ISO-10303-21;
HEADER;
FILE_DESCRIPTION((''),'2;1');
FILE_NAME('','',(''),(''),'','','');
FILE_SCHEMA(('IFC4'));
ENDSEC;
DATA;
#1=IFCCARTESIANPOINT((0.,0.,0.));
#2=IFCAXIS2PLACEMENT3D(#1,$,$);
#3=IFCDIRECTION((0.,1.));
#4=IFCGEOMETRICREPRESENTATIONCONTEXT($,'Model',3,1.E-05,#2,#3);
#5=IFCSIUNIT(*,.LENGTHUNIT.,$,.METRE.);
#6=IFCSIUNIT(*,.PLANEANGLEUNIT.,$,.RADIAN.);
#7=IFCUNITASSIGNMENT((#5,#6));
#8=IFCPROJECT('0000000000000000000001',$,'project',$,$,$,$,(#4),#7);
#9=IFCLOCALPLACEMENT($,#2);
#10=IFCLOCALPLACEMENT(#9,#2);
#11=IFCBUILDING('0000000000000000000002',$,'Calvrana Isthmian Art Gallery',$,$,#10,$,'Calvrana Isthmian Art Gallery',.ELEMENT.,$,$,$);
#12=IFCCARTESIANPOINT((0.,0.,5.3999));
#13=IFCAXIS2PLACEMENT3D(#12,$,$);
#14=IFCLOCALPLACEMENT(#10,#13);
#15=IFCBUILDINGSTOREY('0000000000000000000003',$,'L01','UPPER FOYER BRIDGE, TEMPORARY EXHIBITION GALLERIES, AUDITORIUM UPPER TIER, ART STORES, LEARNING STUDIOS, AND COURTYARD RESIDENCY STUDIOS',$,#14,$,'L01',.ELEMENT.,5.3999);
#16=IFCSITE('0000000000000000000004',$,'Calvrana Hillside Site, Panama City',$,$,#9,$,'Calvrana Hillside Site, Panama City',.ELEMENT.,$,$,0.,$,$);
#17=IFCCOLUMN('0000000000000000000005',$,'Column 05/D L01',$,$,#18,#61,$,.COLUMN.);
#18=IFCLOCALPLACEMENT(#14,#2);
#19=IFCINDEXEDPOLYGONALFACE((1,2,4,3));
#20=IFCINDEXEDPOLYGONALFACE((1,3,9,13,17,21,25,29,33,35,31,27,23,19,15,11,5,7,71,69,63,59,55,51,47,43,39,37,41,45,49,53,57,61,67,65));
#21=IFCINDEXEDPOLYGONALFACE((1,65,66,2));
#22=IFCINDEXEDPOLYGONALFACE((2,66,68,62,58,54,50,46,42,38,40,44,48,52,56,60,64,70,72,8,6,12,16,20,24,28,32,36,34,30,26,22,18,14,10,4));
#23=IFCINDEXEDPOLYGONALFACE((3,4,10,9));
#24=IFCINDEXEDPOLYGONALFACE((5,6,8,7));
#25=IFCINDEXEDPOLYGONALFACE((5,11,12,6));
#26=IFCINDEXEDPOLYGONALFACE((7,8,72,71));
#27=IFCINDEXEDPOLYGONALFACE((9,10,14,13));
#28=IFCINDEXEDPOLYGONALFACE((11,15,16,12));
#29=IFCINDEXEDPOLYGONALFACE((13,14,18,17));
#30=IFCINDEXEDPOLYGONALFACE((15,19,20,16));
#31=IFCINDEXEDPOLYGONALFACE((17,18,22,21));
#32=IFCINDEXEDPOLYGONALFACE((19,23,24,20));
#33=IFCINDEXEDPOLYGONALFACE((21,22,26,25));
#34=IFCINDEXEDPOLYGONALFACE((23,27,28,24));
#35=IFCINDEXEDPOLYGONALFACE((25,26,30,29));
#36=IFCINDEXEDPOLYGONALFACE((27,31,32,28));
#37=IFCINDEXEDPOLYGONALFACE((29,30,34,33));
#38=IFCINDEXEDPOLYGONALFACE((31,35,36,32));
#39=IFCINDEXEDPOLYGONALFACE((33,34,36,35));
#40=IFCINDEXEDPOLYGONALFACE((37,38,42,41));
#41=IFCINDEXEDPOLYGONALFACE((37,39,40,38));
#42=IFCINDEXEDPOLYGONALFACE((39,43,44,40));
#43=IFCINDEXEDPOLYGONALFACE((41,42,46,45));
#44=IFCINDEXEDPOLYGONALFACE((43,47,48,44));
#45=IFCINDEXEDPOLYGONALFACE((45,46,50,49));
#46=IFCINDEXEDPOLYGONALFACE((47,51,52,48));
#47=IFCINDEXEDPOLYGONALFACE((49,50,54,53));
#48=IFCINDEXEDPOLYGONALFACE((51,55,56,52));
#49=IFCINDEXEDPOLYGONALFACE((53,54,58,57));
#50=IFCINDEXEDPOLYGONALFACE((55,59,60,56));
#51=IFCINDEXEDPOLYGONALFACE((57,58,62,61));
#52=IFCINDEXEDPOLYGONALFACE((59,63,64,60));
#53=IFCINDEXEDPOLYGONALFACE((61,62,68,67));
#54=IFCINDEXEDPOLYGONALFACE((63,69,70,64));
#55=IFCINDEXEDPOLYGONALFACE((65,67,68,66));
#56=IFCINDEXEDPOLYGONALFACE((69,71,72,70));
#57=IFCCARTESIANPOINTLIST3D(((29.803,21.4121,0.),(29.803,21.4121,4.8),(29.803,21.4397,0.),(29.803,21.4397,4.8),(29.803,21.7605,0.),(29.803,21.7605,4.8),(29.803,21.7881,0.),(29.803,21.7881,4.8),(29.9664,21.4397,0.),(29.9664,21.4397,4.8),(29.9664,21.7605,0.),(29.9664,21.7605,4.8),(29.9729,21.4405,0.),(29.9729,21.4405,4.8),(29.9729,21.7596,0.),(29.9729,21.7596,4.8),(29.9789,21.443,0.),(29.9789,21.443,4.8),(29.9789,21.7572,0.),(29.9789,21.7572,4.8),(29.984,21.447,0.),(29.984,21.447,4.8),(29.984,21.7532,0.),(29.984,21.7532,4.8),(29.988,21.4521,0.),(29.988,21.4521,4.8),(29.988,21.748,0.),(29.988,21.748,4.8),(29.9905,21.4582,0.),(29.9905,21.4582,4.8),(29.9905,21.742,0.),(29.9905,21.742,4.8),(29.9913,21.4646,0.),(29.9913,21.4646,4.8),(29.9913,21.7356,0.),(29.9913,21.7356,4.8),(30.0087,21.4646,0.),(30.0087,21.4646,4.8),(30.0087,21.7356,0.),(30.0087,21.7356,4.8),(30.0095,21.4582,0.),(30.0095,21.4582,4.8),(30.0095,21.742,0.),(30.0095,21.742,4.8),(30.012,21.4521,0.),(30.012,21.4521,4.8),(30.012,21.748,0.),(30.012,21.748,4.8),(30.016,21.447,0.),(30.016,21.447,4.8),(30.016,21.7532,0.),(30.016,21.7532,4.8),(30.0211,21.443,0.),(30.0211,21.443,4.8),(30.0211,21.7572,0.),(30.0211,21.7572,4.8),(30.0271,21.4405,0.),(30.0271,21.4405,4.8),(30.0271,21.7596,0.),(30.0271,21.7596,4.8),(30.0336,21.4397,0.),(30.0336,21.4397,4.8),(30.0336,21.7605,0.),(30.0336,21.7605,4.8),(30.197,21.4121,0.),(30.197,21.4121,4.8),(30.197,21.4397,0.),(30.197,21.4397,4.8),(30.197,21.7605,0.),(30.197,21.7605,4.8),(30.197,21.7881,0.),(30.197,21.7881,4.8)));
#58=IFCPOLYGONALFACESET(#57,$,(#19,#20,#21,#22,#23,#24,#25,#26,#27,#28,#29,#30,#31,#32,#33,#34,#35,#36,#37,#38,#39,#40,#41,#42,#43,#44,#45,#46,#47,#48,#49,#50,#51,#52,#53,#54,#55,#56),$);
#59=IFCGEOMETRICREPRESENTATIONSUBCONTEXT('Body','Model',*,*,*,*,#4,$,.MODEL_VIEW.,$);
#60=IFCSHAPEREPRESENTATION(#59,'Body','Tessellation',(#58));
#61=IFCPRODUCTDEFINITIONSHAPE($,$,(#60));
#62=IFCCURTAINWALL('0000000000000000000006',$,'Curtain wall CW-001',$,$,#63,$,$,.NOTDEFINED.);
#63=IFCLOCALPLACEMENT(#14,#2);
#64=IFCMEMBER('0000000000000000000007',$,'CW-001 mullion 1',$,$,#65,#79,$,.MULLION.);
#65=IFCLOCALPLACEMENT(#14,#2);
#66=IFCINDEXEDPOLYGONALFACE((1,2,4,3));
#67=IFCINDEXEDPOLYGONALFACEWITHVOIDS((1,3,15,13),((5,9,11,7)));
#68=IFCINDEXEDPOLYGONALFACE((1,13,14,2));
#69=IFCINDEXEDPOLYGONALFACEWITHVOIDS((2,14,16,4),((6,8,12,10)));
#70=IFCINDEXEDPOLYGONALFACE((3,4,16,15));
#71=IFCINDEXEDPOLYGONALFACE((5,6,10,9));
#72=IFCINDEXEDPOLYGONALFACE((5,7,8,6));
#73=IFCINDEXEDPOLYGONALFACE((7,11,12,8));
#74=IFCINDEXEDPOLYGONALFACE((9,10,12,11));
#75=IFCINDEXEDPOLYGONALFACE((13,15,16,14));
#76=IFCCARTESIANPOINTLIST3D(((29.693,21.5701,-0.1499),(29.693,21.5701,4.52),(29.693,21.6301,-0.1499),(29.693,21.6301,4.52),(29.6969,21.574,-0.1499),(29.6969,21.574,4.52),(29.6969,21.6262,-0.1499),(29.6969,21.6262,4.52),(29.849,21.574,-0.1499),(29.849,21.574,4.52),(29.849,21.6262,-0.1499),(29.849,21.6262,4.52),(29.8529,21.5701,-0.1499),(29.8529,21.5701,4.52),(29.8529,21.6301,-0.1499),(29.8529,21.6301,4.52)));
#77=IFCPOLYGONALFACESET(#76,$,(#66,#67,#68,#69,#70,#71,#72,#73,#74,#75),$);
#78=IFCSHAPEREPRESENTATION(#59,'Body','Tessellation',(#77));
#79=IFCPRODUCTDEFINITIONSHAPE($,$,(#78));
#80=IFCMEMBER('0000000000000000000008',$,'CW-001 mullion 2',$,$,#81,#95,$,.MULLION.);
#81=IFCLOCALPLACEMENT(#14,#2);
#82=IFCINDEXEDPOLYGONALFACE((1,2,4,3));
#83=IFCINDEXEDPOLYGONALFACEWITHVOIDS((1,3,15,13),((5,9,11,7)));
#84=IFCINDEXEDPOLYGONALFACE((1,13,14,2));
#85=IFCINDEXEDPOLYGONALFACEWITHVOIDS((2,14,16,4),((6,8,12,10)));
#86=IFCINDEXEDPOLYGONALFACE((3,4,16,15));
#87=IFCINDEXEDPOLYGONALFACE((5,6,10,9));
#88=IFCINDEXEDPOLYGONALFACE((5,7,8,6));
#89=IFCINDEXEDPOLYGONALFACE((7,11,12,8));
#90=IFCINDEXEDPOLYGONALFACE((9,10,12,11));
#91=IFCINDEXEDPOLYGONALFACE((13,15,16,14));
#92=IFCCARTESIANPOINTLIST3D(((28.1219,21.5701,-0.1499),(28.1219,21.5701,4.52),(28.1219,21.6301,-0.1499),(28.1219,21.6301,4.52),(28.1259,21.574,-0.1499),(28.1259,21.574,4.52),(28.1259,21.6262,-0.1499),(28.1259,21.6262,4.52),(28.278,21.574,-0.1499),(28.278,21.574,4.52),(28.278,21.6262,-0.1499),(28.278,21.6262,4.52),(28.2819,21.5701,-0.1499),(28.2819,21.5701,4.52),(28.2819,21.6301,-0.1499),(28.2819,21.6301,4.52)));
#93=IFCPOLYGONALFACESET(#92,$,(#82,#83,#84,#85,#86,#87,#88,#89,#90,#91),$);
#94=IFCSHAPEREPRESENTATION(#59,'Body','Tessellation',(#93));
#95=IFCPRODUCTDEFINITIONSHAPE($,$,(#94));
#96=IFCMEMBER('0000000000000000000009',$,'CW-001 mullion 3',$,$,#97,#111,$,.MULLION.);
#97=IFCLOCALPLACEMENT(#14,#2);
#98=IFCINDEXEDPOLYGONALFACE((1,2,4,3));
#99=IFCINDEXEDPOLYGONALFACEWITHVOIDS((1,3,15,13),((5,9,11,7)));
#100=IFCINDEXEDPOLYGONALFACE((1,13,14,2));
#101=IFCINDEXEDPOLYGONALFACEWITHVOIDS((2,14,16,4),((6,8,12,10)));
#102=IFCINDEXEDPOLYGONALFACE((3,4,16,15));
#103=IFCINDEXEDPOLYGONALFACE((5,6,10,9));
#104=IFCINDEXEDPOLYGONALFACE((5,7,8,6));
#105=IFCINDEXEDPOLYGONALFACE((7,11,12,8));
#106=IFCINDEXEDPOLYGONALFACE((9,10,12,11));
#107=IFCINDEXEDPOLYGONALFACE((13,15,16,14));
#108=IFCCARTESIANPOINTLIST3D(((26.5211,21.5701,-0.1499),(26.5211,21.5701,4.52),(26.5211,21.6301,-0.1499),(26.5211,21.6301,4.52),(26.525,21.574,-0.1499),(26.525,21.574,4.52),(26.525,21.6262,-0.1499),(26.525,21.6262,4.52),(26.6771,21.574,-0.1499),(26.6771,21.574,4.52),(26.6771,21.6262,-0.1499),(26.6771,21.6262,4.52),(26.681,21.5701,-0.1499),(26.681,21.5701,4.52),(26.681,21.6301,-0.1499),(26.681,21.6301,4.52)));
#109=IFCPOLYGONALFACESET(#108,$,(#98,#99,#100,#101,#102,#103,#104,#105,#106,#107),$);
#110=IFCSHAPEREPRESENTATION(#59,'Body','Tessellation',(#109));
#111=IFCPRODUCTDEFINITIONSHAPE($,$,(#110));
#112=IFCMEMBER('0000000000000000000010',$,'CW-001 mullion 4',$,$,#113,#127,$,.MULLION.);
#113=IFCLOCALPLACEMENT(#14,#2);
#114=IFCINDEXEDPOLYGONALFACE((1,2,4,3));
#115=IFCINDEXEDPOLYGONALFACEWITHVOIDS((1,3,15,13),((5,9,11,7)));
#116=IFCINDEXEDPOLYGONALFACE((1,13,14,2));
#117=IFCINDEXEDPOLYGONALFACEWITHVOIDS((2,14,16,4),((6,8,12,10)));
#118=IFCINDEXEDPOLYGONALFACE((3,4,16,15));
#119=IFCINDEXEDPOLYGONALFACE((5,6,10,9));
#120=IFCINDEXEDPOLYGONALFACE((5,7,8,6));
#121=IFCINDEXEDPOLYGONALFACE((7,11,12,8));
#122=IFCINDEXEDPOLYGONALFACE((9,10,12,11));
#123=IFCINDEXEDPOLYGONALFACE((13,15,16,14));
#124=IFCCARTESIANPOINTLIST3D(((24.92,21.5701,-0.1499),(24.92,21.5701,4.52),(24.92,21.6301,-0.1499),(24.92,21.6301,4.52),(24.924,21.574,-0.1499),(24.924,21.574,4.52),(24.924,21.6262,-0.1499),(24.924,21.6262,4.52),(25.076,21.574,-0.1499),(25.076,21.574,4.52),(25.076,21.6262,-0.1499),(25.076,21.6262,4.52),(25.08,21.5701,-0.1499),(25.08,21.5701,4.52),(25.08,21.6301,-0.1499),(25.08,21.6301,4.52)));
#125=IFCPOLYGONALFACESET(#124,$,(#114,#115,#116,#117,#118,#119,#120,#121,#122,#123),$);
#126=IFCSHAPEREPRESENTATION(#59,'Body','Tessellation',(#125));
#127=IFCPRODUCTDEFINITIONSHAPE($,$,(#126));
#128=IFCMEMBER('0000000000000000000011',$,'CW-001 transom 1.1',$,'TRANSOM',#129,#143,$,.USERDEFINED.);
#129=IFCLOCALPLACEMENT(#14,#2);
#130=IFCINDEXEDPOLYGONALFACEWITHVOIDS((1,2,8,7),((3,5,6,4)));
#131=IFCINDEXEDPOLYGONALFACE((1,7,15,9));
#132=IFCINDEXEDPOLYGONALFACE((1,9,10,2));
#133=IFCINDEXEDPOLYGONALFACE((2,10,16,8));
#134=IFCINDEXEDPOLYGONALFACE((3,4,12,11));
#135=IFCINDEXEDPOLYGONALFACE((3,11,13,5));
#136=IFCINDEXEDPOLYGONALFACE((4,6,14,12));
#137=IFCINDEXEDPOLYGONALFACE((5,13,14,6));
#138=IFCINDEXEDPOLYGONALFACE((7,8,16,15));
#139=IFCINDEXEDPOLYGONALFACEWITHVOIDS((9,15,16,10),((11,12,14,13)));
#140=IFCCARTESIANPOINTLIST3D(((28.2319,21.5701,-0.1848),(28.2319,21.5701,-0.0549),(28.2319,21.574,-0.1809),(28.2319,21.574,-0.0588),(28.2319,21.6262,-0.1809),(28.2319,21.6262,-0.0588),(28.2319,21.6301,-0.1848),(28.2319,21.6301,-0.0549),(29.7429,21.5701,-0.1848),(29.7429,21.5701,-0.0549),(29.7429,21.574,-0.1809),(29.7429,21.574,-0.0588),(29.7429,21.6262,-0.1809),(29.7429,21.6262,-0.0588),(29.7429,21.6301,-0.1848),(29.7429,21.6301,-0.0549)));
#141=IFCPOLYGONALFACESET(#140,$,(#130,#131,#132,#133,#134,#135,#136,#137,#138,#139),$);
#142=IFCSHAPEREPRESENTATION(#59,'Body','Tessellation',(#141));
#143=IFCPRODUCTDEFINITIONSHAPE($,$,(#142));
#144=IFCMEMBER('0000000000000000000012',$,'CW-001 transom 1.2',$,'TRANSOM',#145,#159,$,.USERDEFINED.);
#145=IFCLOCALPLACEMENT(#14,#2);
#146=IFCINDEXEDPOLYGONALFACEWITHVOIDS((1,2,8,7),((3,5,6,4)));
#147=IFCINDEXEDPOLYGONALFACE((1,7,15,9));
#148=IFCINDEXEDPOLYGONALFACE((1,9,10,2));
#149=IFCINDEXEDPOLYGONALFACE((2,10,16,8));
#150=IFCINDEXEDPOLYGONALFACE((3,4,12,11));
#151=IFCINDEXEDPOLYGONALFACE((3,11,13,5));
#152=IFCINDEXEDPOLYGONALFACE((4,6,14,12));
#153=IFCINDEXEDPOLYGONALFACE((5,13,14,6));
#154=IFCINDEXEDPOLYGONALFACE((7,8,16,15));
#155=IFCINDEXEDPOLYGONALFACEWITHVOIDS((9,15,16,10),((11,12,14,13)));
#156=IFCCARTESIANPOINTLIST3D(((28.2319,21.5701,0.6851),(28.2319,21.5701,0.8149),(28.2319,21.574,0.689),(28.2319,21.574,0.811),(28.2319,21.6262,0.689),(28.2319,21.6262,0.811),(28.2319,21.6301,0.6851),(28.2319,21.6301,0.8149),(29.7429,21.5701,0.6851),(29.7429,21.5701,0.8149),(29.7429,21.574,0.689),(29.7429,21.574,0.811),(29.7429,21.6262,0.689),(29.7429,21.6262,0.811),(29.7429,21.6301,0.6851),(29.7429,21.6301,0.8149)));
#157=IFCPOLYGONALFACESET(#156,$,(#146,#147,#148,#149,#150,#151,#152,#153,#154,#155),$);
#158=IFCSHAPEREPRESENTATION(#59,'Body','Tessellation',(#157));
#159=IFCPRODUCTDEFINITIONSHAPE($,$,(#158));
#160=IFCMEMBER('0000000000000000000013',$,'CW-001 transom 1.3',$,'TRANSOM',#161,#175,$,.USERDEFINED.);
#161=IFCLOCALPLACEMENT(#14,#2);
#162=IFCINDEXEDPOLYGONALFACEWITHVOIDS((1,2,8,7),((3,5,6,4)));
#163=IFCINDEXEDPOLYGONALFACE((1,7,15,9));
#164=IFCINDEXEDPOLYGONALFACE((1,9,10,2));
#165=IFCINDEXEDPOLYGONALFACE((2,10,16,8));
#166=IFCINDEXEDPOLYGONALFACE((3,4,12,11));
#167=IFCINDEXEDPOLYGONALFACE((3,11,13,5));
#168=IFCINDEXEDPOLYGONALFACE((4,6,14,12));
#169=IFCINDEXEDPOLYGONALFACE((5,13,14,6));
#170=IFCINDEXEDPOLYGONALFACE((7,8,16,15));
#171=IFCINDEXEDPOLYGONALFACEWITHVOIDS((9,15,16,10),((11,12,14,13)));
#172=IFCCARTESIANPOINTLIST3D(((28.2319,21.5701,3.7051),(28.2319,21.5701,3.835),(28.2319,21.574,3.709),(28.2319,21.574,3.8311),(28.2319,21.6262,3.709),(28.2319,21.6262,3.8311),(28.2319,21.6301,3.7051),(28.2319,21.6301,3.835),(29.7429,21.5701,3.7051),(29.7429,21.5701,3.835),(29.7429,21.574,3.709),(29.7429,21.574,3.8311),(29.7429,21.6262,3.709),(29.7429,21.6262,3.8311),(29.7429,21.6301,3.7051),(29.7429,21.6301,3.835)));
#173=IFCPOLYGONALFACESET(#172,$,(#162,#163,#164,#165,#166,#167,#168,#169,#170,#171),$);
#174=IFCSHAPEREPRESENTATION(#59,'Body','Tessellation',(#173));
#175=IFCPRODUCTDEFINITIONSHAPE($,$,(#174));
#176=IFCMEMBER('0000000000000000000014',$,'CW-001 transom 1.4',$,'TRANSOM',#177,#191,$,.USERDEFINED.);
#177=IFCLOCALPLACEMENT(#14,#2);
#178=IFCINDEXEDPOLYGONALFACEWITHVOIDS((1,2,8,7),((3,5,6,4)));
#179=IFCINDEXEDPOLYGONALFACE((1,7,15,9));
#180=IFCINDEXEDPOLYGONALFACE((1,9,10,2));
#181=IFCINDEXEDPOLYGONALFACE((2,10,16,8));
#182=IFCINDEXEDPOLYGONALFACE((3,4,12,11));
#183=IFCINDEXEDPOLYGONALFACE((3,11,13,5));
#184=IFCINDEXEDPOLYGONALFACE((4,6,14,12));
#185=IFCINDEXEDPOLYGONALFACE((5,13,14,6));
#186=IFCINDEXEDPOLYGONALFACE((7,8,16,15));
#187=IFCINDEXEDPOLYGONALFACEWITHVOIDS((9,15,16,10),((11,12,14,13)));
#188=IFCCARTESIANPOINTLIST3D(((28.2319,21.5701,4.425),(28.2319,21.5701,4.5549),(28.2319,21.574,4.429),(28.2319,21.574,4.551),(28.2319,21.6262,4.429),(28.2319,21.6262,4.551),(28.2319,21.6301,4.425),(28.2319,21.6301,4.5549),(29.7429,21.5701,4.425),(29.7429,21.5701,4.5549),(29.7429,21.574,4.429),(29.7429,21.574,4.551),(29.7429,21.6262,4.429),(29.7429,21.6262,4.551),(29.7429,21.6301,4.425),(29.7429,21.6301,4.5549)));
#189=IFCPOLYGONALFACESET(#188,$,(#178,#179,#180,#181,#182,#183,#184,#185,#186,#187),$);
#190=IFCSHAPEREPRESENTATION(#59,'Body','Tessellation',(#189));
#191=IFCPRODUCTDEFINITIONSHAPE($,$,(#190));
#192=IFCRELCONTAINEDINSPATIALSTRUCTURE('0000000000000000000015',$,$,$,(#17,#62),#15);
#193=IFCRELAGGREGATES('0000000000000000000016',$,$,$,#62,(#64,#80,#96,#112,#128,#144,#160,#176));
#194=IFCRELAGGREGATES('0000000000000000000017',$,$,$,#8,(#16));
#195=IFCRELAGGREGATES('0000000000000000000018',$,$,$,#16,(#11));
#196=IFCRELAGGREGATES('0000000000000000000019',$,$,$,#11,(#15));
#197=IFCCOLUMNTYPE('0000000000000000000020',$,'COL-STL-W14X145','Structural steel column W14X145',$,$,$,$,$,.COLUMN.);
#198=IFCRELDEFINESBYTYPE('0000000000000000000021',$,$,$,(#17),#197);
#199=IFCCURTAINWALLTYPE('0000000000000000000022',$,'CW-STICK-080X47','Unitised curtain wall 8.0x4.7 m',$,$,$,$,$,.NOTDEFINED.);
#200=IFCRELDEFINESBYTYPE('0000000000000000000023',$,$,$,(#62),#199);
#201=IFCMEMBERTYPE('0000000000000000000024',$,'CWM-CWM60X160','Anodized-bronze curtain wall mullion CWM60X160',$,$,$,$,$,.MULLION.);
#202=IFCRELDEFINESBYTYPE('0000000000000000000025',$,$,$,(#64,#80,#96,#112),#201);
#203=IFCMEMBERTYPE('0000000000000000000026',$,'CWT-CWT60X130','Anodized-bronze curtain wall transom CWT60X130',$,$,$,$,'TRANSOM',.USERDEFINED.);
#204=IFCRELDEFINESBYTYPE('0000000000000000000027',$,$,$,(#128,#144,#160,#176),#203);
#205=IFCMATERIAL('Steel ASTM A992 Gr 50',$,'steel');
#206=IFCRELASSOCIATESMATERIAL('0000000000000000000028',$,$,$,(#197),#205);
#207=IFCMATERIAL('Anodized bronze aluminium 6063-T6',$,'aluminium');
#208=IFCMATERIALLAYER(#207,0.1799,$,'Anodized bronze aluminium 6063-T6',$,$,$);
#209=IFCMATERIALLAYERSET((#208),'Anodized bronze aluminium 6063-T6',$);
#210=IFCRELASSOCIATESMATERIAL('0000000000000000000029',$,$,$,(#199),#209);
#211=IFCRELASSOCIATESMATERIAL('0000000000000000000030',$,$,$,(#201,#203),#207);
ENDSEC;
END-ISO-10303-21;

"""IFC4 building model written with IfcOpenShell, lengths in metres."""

from ifc_helpers import new_model, si_unit, direction, frame, origin, origin_2d, place, context, subcontext, project, spatial, hollow_rectangle, i_section, extrude, material, layer, layer_set, material_profile, profile_set, type_object, element, aggregate, save


model = new_model("IFC4")

# Units and contexts
model_context = context("Model", 3, precision=1e-05, world=origin(), true_north=direction((0.0, 1.0)))
body_context = subcontext(model_context, "Body", "Model", "MODEL_VIEW")
ifc_project = project(units=[si_unit("LENGTHUNIT", "METRE"), si_unit("PLANEANGLEUNIT", "RADIAN")], contexts=[model_context])

# Site, building, storey
site_placement = place(None, origin())
site = spatial("IfcSite", under=ifc_project, at=site_placement, Name="Calvrana Hillside Site, Panama City", LongName="Calvrana Hillside Site, Panama City", CompositionType="ELEMENT", RefElevation=0.0)
building_placement = place(site_placement, origin())
building = spatial("IfcBuilding", under=site, at=building_placement, Name="Calvrana Isthmian Art Gallery", LongName="Calvrana Isthmian Art Gallery", CompositionType="ELEMENT")
storey_placement = place(building_placement, frame((0.0, 0.0, 5.3999)))
storey = spatial("IfcBuildingStorey", under=building, at=storey_placement, Name="L01", Description="UPPER FOYER BRIDGE, TEMPORARY EXHIBITION GALLERIES, AUDITORIUM UPPER TIER, ART STORES, LEARNING STUDIOS, AND COURTYARD RESIDENCY STUDIOS", LongName="L01", CompositionType="ELEMENT", Elevation=5.3999)

# Column
ifc_material_1 = material(Name="Steel ASTM A992 Gr 50", Category="steel")
ifc_material_profile_1 = material_profile(ifc_material_1, i_section(OverallWidth=0.394, OverallDepth=0.376, WebThickness=0.0173, FlangeThickness=0.0276, FilletRadius=0.0249, at=origin_2d()), Name="W14X145")
ifc_profile_set_1 = profile_set([ifc_material_profile_1], Name="Steel ASTM A992 Gr 50")
column_type = type_object("IfcColumnType", Name="COL-STL-W14X145", Description="Structural steel column W14X145", PredefinedType="COLUMN", material=ifc_profile_set_1)
column_placement = place(storey_placement, frame((30.0, 21.6001, 0.0), z_axis=(0.0, 0.0, 1.0), x_axis=(1.0, 0.0, 0.0)))
element("IfcColumn", 1, at=column_placement, inside=storey, type_object=column_type, Name="Column 05/D L01", PredefinedType="COLUMN", context=body_context, shape_type="SweptSolid", body=[
    extrude(i_section(OverallWidth=0.394, OverallDepth=0.376, WebThickness=0.0173, FlangeThickness=0.0276, FilletRadius=0.0249, at=origin_2d()), origin(), (0.0, 0.0, 1.0), 4.8),
])

# Curtain wall, members
ifc_material_2 = material(Name="Anodized bronze aluminium 6063-T6", Category="aluminium")
ifc_layer_1 = layer(ifc_material_2, 0.1799, Name="Anodized bronze aluminium 6063-T6")
ifc_layer_set_1 = layer_set([ifc_layer_1], Name="Anodized bronze aluminium 6063-T6")
curtain_wall_type = type_object("IfcCurtainWallType", Name="CW-STICK-080X47", Description="Unitised curtain wall 8.0x4.7 m", PredefinedType="NOTDEFINED", material=ifc_layer_set_1)
curtain_wall_placement = place(storey_placement, origin())
curtain_wall = element("IfcCurtainWall", 2, at=curtain_wall_placement, inside=storey, type_object=curtain_wall_type, Name="Curtain wall CW-001", PredefinedType="NOTDEFINED")
ifc_material_profile_2 = material_profile(ifc_material_2, hollow_rectangle(XDim=0.0601, YDim=0.1599, WallThickness=0.0039, at=origin_2d()), Name="CWM60X160")
ifc_profile_set_2 = profile_set([ifc_material_profile_2], Name="Anodized bronze aluminium 6063-T6")
member_type_1 = type_object("IfcMemberType", Name="CWM-CWM60X160", Description="Anodized-bronze curtain wall mullion CWM60X160", PredefinedType="MULLION", material=ifc_profile_set_2)
member_1_placement = place(storey_placement, frame((29.7729, 21.6001, -0.1499), z_axis=(0.0, 0.0, 1.0), x_axis=(0.0, -1.0, 0.0)))
member_1 = element("IfcMember", 3, at=member_1_placement, type_object=member_type_1, Name="CW-001 mullion 1", PredefinedType="MULLION", context=body_context, shape_type="SweptSolid", body=[
    extrude(hollow_rectangle(XDim=0.0601, YDim=0.1599, WallThickness=0.0039, at=origin_2d()), origin(), (0.0, 0.0, 1.0), 4.6699),
])
member_2_placement = place(storey_placement, frame((28.2019, 21.6001, -0.1499), z_axis=(0.0, 0.0, 1.0), x_axis=(0.0, -1.0, 0.0)))
member_2 = element("IfcMember", 4, at=member_2_placement, type_object=member_type_1, Name="CW-001 mullion 2", PredefinedType="MULLION", context=body_context, shape_type="SweptSolid", body=[
    extrude(hollow_rectangle(XDim=0.0601, YDim=0.1599, WallThickness=0.0039, at=origin_2d()), origin(), (0.0, 0.0, 1.0), 4.6699),
])
member_3_placement = place(storey_placement, frame((26.6011, 21.6001, -0.1499), z_axis=(0.0, 0.0, 1.0), x_axis=(0.0, -1.0, 0.0)))
member_3 = element("IfcMember", 5, at=member_3_placement, type_object=member_type_1, Name="CW-001 mullion 3", PredefinedType="MULLION", context=body_context, shape_type="SweptSolid", body=[
    extrude(hollow_rectangle(XDim=0.0601, YDim=0.1599, WallThickness=0.0039, at=origin_2d()), origin(), (0.0, 0.0, 1.0), 4.6699),
])
member_4_placement = place(storey_placement, frame((25.0, 21.6001, -0.1499), z_axis=(0.0, 0.0, 1.0), x_axis=(0.0, -1.0, 0.0)))
member_4 = element("IfcMember", 6, at=member_4_placement, type_object=member_type_1, Name="CW-001 mullion 4", PredefinedType="MULLION", context=body_context, shape_type="SweptSolid", body=[
    extrude(hollow_rectangle(XDim=0.0601, YDim=0.1599, WallThickness=0.0039, at=origin_2d()), origin(), (0.0, 0.0, 1.0), 4.6699),
])
ifc_material_profile_3 = material_profile(ifc_material_2, hollow_rectangle(XDim=0.0601, YDim=0.1299, WallThickness=0.0039, at=origin_2d()), Name="CWT60X130")
ifc_profile_set_3 = profile_set([ifc_material_profile_3], Name="Anodized bronze aluminium 6063-T6")
member_type_2 = type_object("IfcMemberType", Name="CWT-CWT60X130", Description="Anodized-bronze curtain wall transom CWT60X130", ElementType="TRANSOM", PredefinedType="USERDEFINED", material=ifc_profile_set_3)
member_5_placement = place(storey_placement, frame((29.7429, 21.6001, -0.1199), z_axis=(-1.0, 0.0, 0.0), x_axis=(0.0, -1.0, 0.0)))
member_5 = element("IfcMember", 7, at=member_5_placement, type_object=member_type_2, Name="CW-001 transom 1.1", ObjectType="TRANSOM", PredefinedType="USERDEFINED", context=body_context, shape_type="SweptSolid", body=[
    extrude(hollow_rectangle(XDim=0.0601, YDim=0.1299, WallThickness=0.0039, at=origin_2d()), origin(), (0.0, 0.0, 1.0), 1.511),
])
member_6_placement = place(storey_placement, frame((29.7429, 21.6001, 0.75), z_axis=(-1.0, 0.0, 0.0), x_axis=(0.0, -1.0, 0.0)))
member_6 = element("IfcMember", 8, at=member_6_placement, type_object=member_type_2, Name="CW-001 transom 1.2", ObjectType="TRANSOM", PredefinedType="USERDEFINED", context=body_context, shape_type="SweptSolid", body=[
    extrude(hollow_rectangle(XDim=0.0601, YDim=0.1299, WallThickness=0.0039, at=origin_2d()), origin(), (0.0, 0.0, 1.0), 1.511),
])
member_7_placement = place(storey_placement, frame((29.7429, 21.6001, 3.77), z_axis=(-1.0, 0.0, 0.0), x_axis=(0.0, -1.0, 0.0)))
member_7 = element("IfcMember", 9, at=member_7_placement, type_object=member_type_2, Name="CW-001 transom 1.3", ObjectType="TRANSOM", PredefinedType="USERDEFINED", context=body_context, shape_type="SweptSolid", body=[
    extrude(hollow_rectangle(XDim=0.0601, YDim=0.1299, WallThickness=0.0039, at=origin_2d()), origin(), (0.0, 0.0, 1.0), 1.511),
])
member_8_placement = place(storey_placement, frame((29.7429, 21.6001, 4.49), z_axis=(-1.0, 0.0, 0.0), x_axis=(0.0, -1.0, 0.0)))
member_8 = element("IfcMember", 10, at=member_8_placement, type_object=member_type_2, Name="CW-001 transom 1.4", ObjectType="TRANSOM", PredefinedType="USERDEFINED", context=body_context, shape_type="SweptSolid", body=[
    extrude(hollow_rectangle(XDim=0.0601, YDim=0.1299, WallThickness=0.0039, at=origin_2d()), origin(), (0.0, 0.0, 1.0), 1.511),
])
aggregate(curtain_wall, [member_1, member_2, member_3, member_4, member_5, member_6, member_7, member_8])

save(model, "model.ifc")
